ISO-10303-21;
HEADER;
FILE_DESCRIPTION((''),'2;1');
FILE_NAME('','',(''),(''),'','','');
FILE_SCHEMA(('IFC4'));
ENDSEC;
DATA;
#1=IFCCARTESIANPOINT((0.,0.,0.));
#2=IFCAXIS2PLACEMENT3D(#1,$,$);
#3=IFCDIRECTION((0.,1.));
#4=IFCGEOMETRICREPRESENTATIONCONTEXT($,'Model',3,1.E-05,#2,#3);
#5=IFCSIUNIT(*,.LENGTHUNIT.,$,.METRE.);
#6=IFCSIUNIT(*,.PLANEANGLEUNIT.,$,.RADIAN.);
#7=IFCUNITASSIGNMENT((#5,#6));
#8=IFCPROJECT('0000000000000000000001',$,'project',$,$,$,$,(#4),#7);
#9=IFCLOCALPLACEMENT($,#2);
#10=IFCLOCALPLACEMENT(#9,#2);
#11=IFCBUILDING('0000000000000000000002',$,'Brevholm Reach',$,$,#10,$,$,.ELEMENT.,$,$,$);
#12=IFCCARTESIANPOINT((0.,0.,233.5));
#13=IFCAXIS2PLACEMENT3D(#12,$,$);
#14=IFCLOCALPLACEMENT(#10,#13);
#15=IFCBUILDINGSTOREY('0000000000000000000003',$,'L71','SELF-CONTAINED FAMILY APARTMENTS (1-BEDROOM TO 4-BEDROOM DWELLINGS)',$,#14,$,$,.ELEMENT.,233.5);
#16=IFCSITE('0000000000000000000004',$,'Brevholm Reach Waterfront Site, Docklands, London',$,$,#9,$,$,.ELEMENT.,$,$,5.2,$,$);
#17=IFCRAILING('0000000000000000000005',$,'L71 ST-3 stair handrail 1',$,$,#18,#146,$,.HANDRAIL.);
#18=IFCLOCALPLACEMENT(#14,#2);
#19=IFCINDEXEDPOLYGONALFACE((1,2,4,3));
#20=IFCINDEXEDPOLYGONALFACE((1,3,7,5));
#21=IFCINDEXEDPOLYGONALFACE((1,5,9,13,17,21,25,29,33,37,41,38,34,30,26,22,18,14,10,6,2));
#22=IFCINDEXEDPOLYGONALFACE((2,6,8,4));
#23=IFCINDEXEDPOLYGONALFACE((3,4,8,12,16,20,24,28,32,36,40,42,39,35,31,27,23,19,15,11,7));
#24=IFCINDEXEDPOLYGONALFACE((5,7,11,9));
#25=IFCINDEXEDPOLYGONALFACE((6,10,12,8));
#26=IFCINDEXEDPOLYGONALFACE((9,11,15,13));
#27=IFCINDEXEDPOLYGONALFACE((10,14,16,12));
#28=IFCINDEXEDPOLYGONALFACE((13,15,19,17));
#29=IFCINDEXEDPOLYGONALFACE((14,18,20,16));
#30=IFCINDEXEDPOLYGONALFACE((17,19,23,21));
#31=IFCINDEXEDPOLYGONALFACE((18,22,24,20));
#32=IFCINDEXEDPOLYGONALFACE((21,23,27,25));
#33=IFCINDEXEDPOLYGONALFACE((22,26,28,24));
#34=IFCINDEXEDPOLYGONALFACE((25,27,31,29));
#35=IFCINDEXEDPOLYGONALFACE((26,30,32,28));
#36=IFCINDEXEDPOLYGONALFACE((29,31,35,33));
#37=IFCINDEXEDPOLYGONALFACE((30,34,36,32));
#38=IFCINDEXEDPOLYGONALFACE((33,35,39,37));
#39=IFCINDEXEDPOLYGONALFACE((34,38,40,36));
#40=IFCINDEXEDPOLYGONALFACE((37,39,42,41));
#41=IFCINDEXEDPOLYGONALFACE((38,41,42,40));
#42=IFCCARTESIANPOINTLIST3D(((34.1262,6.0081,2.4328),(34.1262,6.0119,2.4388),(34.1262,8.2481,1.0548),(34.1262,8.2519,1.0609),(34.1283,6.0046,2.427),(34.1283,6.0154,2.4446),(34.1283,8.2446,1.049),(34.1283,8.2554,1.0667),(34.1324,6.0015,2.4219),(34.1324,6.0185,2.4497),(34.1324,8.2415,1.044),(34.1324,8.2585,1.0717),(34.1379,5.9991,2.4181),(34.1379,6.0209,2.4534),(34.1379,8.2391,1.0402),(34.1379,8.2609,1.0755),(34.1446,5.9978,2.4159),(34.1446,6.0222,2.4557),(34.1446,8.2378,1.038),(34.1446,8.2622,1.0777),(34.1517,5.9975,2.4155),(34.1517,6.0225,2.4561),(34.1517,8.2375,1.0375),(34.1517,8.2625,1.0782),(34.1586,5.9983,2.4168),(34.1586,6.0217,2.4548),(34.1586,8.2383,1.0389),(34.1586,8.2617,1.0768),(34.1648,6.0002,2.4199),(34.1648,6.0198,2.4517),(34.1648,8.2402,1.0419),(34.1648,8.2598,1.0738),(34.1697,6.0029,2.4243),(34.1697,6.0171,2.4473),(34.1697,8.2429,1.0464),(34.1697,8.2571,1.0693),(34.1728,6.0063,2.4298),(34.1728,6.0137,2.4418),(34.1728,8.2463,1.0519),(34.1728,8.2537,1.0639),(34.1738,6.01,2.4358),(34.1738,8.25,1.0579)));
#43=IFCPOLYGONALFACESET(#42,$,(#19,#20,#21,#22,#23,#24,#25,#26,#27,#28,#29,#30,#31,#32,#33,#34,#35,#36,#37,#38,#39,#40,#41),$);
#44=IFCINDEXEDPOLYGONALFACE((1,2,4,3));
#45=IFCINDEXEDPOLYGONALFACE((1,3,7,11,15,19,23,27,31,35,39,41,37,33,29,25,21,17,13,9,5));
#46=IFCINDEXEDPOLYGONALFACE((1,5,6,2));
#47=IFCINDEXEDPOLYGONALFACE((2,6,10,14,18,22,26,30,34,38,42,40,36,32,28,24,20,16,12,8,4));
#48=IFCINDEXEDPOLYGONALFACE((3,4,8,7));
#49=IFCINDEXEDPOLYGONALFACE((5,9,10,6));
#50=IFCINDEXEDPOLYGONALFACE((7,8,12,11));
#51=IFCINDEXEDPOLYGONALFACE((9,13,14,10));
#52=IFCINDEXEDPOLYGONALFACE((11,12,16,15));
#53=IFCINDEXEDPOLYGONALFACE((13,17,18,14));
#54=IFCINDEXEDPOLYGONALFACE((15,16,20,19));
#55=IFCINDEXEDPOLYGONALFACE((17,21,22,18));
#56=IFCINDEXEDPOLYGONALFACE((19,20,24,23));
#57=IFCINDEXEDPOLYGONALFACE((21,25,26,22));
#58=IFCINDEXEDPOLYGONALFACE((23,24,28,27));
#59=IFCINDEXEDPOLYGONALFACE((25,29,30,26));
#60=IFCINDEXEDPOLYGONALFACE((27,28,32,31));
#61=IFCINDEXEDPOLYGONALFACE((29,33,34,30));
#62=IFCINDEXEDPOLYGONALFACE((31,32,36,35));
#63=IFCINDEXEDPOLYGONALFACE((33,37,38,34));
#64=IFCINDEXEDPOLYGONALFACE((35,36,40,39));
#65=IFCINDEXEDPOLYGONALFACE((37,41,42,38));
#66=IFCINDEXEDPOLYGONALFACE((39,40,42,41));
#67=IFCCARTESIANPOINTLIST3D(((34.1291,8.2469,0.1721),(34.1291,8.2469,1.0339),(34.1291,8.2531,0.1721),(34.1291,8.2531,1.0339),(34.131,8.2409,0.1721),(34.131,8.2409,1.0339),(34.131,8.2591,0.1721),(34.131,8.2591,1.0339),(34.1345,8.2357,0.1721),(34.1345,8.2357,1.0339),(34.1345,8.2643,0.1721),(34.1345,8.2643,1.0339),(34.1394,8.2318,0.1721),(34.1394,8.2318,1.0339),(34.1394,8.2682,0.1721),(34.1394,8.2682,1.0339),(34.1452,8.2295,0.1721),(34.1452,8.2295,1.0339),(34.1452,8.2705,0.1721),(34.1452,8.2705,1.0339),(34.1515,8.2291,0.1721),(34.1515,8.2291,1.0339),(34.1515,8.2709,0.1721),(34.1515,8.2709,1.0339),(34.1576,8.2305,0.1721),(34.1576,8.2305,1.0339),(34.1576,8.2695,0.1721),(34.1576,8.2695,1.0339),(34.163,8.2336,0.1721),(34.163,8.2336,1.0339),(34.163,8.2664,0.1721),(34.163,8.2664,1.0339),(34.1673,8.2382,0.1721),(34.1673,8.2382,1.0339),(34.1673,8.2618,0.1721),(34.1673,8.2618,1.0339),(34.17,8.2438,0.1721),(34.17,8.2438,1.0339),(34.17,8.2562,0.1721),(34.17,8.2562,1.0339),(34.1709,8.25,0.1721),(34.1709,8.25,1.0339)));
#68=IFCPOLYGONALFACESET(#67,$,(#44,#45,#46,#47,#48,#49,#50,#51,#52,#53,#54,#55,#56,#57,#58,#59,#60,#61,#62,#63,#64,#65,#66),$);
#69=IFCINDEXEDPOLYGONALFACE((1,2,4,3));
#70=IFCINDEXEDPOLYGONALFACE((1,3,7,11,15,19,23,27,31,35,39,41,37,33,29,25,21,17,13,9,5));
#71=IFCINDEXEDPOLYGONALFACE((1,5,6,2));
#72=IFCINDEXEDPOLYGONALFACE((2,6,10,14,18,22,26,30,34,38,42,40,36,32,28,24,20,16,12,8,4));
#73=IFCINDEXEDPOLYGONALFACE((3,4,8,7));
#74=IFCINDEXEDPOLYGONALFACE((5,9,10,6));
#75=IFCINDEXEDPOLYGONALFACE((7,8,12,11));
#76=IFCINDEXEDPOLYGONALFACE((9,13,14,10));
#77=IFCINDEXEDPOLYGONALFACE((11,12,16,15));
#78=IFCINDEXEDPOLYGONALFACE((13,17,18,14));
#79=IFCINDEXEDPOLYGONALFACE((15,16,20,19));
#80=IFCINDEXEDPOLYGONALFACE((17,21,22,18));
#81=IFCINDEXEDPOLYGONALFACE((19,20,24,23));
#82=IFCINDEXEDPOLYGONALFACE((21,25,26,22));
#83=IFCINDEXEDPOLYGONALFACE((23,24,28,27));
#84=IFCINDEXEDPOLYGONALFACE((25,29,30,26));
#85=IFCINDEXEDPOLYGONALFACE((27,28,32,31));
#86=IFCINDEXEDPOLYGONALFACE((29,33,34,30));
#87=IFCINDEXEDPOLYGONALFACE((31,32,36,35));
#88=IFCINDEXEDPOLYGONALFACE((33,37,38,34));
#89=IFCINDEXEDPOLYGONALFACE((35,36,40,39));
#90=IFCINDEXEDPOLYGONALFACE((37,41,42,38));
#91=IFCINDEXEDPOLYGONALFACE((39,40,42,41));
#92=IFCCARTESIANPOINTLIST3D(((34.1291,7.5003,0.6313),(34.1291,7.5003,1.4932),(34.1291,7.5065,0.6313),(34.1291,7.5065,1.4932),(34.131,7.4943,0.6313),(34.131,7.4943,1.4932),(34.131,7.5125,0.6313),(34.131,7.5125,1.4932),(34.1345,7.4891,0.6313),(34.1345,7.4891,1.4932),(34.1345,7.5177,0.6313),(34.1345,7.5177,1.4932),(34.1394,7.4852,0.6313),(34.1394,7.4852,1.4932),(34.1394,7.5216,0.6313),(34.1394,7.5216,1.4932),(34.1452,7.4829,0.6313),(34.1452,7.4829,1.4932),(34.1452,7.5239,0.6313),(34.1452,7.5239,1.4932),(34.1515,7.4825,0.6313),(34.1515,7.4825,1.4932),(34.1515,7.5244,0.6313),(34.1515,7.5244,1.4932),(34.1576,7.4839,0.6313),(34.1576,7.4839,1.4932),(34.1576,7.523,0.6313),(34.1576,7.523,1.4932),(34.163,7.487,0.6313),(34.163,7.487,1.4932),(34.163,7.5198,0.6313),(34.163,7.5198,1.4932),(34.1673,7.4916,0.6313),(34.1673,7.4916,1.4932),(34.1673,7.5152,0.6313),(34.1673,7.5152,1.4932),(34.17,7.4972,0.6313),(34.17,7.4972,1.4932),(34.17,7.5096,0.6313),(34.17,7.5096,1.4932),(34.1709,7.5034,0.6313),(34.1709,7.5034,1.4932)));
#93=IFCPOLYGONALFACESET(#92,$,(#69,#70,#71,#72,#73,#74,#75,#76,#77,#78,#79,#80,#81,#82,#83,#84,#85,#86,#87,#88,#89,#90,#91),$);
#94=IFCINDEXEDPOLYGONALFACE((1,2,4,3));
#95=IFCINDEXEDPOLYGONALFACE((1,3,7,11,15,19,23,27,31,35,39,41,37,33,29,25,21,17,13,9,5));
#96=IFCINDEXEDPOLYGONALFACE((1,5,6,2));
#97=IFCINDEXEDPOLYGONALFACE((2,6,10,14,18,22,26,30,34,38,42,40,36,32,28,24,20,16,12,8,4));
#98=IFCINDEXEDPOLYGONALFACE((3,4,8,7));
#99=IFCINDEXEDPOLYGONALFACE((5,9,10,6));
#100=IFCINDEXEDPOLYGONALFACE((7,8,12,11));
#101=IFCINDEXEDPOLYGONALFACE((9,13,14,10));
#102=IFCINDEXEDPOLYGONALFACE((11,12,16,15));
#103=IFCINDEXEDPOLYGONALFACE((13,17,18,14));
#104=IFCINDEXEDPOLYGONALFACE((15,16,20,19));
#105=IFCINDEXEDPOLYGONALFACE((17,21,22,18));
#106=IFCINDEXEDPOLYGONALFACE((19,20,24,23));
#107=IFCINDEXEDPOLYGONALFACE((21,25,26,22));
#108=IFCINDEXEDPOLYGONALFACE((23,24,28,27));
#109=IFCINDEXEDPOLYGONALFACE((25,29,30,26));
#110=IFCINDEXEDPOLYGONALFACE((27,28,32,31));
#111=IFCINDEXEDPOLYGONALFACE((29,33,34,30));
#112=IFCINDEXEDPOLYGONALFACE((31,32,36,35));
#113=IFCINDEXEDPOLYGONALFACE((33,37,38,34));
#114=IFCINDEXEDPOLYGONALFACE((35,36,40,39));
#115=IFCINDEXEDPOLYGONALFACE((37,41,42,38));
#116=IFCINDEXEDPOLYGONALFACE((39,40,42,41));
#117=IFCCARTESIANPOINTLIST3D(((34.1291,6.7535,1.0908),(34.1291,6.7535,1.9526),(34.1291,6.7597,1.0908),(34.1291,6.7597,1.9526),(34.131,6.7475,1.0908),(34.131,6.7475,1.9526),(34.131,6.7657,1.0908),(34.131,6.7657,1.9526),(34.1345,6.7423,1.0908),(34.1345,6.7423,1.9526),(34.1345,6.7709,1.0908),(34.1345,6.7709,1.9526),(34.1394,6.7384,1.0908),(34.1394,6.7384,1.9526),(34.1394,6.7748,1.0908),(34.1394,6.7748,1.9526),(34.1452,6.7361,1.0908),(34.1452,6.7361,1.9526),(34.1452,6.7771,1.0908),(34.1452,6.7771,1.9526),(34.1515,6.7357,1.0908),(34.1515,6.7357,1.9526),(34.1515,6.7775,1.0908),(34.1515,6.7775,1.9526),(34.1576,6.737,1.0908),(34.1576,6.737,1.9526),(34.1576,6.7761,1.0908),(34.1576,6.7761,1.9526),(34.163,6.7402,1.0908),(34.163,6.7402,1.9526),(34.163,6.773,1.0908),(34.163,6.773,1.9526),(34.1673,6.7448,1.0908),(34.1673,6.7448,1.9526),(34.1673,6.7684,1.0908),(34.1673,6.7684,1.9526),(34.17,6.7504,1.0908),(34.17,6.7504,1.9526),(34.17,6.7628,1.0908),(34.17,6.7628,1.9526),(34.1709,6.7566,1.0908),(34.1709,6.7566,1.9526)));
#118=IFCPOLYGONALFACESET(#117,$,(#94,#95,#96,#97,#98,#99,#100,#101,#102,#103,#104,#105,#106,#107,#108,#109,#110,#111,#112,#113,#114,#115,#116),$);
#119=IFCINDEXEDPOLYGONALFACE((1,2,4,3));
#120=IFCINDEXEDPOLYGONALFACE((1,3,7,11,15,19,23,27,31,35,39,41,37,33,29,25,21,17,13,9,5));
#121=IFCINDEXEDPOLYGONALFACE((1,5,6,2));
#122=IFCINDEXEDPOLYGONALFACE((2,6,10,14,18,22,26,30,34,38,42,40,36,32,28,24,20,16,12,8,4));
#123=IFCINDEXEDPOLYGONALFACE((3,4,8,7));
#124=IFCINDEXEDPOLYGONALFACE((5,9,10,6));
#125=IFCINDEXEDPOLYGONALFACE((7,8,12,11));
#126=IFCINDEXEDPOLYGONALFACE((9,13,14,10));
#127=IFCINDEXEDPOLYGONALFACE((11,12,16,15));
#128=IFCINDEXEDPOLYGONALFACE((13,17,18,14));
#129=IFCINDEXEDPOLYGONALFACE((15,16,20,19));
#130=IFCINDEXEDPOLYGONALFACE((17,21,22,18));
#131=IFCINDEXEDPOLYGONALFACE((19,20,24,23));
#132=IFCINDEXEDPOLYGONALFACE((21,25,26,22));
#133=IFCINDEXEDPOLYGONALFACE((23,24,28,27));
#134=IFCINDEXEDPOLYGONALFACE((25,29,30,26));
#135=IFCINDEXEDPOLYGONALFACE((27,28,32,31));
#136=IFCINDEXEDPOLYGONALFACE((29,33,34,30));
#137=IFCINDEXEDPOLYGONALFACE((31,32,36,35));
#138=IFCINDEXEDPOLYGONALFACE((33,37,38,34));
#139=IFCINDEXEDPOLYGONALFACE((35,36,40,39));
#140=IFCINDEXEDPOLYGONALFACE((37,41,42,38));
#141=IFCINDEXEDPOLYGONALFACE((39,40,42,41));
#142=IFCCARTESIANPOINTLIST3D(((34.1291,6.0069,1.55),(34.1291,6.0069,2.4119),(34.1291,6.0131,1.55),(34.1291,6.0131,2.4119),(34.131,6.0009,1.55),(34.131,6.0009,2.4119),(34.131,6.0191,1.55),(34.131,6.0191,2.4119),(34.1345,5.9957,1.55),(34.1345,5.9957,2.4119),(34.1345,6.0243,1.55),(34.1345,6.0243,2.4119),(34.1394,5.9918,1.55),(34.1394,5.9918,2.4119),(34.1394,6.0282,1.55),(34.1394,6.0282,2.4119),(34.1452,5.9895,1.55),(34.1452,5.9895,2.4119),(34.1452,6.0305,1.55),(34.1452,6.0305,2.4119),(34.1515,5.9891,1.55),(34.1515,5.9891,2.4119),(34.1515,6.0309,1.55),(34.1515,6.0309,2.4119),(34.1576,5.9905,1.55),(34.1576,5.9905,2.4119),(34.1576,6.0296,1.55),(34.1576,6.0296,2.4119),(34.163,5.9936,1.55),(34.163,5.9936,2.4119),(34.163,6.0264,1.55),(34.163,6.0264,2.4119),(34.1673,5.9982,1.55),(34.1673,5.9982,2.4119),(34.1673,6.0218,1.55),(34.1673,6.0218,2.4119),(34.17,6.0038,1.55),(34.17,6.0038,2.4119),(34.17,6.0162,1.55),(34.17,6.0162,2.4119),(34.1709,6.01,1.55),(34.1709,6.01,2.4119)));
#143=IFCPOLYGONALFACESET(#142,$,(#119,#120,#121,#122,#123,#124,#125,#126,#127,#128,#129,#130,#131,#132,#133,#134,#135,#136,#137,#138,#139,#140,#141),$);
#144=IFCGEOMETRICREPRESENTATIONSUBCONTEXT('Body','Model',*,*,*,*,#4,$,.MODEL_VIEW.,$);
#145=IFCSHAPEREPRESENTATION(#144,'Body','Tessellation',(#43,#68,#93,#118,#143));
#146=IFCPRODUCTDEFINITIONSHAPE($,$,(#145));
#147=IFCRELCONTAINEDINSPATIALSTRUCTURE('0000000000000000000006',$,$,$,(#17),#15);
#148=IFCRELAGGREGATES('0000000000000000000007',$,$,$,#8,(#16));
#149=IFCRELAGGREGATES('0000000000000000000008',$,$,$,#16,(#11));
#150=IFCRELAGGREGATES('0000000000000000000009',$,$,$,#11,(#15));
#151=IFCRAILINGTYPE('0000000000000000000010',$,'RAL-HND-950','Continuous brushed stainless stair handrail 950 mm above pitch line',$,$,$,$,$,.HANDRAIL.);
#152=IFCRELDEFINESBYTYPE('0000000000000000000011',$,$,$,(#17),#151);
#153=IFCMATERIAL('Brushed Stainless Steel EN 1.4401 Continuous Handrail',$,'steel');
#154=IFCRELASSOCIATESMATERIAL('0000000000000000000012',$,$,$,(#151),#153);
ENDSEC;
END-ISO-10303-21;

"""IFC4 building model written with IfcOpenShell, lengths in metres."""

from ifc_helpers import new_model, si_unit, direction, frame, origin, origin_2d, place, context, subcontext, project, spatial, circle, extrude, material, type_object, element, save


model = new_model("IFC4")

# Units and contexts
model_context = context("Model", 3, precision=1e-05, world=origin(), true_north=direction((0.0, 1.0)))
body_context = subcontext(model_context, "Body", "Model", "MODEL_VIEW")
ifc_project = project(units=[si_unit("LENGTHUNIT", "METRE"), si_unit("PLANEANGLEUNIT", "RADIAN")], contexts=[model_context])

# Site, building, storey
site_placement = place(None, origin())
site = spatial("IfcSite", under=ifc_project, at=site_placement, Name="Brevholm Reach Waterfront Site, Docklands, London", CompositionType="ELEMENT", RefElevation=5.2)
building_placement = place(site_placement, origin())
building = spatial("IfcBuilding", under=site, at=building_placement, Name="Brevholm Reach", CompositionType="ELEMENT")
storey_placement = place(building_placement, frame((0.0, 0.0, 233.5)))
storey = spatial("IfcBuildingStorey", under=building, at=storey_placement, Name="L71", Description="SELF-CONTAINED FAMILY APARTMENTS (1-BEDROOM TO 4-BEDROOM DWELLINGS)", CompositionType="ELEMENT", Elevation=233.5)

# Railing
ifc_material_1 = material(Name="Brushed Stainless Steel EN 1.4401 Continuous Handrail", Category="steel")
railing_type_1 = type_object("IfcRailingType", Name="RAL-HND-950", Description="Continuous brushed stainless stair handrail 950 mm above pitch line", PredefinedType="HANDRAIL", material=ifc_material_1)
railing_1_placement = place(storey_placement, frame((34.1499, 8.25, 0.1721)))
element("IfcRailing", 1, at=railing_1_placement, inside=storey, type_object=railing_type_1, Name="L71 ST-3 stair handrail 1", PredefinedType="HANDRAIL", context=body_context, shape_type="SweptSolid", body=[
    extrude(circle(Radius=0.0239, at=origin_2d()), frame((0.0, 0.0, 0.8857), z_axis=(0.0, -0.851748, 0.523952), x_axis=(1.0, 0.0, 0.0)), (0.0, 0.0, 1.0), 2.6299),
    extrude(circle(Radius=0.021, at=origin_2d()), origin(), (0.0, 0.0, 1.0), 0.8618),
    extrude(circle(Radius=0.021, at=origin_2d()), frame((0.0, -0.7466, 0.4592)), (0.0, 0.0, 1.0), 0.8618),
    extrude(circle(Radius=0.021, at=origin_2d()), frame((0.0, -1.4934, 0.9187)), (0.0, 0.0, 1.0), 0.8618),
    extrude(circle(Radius=0.021, at=origin_2d()), frame((0.0, -2.24, 1.3779)), (0.0, 0.0, 1.0), 0.8618),
])

save(model, "model.ifc")
